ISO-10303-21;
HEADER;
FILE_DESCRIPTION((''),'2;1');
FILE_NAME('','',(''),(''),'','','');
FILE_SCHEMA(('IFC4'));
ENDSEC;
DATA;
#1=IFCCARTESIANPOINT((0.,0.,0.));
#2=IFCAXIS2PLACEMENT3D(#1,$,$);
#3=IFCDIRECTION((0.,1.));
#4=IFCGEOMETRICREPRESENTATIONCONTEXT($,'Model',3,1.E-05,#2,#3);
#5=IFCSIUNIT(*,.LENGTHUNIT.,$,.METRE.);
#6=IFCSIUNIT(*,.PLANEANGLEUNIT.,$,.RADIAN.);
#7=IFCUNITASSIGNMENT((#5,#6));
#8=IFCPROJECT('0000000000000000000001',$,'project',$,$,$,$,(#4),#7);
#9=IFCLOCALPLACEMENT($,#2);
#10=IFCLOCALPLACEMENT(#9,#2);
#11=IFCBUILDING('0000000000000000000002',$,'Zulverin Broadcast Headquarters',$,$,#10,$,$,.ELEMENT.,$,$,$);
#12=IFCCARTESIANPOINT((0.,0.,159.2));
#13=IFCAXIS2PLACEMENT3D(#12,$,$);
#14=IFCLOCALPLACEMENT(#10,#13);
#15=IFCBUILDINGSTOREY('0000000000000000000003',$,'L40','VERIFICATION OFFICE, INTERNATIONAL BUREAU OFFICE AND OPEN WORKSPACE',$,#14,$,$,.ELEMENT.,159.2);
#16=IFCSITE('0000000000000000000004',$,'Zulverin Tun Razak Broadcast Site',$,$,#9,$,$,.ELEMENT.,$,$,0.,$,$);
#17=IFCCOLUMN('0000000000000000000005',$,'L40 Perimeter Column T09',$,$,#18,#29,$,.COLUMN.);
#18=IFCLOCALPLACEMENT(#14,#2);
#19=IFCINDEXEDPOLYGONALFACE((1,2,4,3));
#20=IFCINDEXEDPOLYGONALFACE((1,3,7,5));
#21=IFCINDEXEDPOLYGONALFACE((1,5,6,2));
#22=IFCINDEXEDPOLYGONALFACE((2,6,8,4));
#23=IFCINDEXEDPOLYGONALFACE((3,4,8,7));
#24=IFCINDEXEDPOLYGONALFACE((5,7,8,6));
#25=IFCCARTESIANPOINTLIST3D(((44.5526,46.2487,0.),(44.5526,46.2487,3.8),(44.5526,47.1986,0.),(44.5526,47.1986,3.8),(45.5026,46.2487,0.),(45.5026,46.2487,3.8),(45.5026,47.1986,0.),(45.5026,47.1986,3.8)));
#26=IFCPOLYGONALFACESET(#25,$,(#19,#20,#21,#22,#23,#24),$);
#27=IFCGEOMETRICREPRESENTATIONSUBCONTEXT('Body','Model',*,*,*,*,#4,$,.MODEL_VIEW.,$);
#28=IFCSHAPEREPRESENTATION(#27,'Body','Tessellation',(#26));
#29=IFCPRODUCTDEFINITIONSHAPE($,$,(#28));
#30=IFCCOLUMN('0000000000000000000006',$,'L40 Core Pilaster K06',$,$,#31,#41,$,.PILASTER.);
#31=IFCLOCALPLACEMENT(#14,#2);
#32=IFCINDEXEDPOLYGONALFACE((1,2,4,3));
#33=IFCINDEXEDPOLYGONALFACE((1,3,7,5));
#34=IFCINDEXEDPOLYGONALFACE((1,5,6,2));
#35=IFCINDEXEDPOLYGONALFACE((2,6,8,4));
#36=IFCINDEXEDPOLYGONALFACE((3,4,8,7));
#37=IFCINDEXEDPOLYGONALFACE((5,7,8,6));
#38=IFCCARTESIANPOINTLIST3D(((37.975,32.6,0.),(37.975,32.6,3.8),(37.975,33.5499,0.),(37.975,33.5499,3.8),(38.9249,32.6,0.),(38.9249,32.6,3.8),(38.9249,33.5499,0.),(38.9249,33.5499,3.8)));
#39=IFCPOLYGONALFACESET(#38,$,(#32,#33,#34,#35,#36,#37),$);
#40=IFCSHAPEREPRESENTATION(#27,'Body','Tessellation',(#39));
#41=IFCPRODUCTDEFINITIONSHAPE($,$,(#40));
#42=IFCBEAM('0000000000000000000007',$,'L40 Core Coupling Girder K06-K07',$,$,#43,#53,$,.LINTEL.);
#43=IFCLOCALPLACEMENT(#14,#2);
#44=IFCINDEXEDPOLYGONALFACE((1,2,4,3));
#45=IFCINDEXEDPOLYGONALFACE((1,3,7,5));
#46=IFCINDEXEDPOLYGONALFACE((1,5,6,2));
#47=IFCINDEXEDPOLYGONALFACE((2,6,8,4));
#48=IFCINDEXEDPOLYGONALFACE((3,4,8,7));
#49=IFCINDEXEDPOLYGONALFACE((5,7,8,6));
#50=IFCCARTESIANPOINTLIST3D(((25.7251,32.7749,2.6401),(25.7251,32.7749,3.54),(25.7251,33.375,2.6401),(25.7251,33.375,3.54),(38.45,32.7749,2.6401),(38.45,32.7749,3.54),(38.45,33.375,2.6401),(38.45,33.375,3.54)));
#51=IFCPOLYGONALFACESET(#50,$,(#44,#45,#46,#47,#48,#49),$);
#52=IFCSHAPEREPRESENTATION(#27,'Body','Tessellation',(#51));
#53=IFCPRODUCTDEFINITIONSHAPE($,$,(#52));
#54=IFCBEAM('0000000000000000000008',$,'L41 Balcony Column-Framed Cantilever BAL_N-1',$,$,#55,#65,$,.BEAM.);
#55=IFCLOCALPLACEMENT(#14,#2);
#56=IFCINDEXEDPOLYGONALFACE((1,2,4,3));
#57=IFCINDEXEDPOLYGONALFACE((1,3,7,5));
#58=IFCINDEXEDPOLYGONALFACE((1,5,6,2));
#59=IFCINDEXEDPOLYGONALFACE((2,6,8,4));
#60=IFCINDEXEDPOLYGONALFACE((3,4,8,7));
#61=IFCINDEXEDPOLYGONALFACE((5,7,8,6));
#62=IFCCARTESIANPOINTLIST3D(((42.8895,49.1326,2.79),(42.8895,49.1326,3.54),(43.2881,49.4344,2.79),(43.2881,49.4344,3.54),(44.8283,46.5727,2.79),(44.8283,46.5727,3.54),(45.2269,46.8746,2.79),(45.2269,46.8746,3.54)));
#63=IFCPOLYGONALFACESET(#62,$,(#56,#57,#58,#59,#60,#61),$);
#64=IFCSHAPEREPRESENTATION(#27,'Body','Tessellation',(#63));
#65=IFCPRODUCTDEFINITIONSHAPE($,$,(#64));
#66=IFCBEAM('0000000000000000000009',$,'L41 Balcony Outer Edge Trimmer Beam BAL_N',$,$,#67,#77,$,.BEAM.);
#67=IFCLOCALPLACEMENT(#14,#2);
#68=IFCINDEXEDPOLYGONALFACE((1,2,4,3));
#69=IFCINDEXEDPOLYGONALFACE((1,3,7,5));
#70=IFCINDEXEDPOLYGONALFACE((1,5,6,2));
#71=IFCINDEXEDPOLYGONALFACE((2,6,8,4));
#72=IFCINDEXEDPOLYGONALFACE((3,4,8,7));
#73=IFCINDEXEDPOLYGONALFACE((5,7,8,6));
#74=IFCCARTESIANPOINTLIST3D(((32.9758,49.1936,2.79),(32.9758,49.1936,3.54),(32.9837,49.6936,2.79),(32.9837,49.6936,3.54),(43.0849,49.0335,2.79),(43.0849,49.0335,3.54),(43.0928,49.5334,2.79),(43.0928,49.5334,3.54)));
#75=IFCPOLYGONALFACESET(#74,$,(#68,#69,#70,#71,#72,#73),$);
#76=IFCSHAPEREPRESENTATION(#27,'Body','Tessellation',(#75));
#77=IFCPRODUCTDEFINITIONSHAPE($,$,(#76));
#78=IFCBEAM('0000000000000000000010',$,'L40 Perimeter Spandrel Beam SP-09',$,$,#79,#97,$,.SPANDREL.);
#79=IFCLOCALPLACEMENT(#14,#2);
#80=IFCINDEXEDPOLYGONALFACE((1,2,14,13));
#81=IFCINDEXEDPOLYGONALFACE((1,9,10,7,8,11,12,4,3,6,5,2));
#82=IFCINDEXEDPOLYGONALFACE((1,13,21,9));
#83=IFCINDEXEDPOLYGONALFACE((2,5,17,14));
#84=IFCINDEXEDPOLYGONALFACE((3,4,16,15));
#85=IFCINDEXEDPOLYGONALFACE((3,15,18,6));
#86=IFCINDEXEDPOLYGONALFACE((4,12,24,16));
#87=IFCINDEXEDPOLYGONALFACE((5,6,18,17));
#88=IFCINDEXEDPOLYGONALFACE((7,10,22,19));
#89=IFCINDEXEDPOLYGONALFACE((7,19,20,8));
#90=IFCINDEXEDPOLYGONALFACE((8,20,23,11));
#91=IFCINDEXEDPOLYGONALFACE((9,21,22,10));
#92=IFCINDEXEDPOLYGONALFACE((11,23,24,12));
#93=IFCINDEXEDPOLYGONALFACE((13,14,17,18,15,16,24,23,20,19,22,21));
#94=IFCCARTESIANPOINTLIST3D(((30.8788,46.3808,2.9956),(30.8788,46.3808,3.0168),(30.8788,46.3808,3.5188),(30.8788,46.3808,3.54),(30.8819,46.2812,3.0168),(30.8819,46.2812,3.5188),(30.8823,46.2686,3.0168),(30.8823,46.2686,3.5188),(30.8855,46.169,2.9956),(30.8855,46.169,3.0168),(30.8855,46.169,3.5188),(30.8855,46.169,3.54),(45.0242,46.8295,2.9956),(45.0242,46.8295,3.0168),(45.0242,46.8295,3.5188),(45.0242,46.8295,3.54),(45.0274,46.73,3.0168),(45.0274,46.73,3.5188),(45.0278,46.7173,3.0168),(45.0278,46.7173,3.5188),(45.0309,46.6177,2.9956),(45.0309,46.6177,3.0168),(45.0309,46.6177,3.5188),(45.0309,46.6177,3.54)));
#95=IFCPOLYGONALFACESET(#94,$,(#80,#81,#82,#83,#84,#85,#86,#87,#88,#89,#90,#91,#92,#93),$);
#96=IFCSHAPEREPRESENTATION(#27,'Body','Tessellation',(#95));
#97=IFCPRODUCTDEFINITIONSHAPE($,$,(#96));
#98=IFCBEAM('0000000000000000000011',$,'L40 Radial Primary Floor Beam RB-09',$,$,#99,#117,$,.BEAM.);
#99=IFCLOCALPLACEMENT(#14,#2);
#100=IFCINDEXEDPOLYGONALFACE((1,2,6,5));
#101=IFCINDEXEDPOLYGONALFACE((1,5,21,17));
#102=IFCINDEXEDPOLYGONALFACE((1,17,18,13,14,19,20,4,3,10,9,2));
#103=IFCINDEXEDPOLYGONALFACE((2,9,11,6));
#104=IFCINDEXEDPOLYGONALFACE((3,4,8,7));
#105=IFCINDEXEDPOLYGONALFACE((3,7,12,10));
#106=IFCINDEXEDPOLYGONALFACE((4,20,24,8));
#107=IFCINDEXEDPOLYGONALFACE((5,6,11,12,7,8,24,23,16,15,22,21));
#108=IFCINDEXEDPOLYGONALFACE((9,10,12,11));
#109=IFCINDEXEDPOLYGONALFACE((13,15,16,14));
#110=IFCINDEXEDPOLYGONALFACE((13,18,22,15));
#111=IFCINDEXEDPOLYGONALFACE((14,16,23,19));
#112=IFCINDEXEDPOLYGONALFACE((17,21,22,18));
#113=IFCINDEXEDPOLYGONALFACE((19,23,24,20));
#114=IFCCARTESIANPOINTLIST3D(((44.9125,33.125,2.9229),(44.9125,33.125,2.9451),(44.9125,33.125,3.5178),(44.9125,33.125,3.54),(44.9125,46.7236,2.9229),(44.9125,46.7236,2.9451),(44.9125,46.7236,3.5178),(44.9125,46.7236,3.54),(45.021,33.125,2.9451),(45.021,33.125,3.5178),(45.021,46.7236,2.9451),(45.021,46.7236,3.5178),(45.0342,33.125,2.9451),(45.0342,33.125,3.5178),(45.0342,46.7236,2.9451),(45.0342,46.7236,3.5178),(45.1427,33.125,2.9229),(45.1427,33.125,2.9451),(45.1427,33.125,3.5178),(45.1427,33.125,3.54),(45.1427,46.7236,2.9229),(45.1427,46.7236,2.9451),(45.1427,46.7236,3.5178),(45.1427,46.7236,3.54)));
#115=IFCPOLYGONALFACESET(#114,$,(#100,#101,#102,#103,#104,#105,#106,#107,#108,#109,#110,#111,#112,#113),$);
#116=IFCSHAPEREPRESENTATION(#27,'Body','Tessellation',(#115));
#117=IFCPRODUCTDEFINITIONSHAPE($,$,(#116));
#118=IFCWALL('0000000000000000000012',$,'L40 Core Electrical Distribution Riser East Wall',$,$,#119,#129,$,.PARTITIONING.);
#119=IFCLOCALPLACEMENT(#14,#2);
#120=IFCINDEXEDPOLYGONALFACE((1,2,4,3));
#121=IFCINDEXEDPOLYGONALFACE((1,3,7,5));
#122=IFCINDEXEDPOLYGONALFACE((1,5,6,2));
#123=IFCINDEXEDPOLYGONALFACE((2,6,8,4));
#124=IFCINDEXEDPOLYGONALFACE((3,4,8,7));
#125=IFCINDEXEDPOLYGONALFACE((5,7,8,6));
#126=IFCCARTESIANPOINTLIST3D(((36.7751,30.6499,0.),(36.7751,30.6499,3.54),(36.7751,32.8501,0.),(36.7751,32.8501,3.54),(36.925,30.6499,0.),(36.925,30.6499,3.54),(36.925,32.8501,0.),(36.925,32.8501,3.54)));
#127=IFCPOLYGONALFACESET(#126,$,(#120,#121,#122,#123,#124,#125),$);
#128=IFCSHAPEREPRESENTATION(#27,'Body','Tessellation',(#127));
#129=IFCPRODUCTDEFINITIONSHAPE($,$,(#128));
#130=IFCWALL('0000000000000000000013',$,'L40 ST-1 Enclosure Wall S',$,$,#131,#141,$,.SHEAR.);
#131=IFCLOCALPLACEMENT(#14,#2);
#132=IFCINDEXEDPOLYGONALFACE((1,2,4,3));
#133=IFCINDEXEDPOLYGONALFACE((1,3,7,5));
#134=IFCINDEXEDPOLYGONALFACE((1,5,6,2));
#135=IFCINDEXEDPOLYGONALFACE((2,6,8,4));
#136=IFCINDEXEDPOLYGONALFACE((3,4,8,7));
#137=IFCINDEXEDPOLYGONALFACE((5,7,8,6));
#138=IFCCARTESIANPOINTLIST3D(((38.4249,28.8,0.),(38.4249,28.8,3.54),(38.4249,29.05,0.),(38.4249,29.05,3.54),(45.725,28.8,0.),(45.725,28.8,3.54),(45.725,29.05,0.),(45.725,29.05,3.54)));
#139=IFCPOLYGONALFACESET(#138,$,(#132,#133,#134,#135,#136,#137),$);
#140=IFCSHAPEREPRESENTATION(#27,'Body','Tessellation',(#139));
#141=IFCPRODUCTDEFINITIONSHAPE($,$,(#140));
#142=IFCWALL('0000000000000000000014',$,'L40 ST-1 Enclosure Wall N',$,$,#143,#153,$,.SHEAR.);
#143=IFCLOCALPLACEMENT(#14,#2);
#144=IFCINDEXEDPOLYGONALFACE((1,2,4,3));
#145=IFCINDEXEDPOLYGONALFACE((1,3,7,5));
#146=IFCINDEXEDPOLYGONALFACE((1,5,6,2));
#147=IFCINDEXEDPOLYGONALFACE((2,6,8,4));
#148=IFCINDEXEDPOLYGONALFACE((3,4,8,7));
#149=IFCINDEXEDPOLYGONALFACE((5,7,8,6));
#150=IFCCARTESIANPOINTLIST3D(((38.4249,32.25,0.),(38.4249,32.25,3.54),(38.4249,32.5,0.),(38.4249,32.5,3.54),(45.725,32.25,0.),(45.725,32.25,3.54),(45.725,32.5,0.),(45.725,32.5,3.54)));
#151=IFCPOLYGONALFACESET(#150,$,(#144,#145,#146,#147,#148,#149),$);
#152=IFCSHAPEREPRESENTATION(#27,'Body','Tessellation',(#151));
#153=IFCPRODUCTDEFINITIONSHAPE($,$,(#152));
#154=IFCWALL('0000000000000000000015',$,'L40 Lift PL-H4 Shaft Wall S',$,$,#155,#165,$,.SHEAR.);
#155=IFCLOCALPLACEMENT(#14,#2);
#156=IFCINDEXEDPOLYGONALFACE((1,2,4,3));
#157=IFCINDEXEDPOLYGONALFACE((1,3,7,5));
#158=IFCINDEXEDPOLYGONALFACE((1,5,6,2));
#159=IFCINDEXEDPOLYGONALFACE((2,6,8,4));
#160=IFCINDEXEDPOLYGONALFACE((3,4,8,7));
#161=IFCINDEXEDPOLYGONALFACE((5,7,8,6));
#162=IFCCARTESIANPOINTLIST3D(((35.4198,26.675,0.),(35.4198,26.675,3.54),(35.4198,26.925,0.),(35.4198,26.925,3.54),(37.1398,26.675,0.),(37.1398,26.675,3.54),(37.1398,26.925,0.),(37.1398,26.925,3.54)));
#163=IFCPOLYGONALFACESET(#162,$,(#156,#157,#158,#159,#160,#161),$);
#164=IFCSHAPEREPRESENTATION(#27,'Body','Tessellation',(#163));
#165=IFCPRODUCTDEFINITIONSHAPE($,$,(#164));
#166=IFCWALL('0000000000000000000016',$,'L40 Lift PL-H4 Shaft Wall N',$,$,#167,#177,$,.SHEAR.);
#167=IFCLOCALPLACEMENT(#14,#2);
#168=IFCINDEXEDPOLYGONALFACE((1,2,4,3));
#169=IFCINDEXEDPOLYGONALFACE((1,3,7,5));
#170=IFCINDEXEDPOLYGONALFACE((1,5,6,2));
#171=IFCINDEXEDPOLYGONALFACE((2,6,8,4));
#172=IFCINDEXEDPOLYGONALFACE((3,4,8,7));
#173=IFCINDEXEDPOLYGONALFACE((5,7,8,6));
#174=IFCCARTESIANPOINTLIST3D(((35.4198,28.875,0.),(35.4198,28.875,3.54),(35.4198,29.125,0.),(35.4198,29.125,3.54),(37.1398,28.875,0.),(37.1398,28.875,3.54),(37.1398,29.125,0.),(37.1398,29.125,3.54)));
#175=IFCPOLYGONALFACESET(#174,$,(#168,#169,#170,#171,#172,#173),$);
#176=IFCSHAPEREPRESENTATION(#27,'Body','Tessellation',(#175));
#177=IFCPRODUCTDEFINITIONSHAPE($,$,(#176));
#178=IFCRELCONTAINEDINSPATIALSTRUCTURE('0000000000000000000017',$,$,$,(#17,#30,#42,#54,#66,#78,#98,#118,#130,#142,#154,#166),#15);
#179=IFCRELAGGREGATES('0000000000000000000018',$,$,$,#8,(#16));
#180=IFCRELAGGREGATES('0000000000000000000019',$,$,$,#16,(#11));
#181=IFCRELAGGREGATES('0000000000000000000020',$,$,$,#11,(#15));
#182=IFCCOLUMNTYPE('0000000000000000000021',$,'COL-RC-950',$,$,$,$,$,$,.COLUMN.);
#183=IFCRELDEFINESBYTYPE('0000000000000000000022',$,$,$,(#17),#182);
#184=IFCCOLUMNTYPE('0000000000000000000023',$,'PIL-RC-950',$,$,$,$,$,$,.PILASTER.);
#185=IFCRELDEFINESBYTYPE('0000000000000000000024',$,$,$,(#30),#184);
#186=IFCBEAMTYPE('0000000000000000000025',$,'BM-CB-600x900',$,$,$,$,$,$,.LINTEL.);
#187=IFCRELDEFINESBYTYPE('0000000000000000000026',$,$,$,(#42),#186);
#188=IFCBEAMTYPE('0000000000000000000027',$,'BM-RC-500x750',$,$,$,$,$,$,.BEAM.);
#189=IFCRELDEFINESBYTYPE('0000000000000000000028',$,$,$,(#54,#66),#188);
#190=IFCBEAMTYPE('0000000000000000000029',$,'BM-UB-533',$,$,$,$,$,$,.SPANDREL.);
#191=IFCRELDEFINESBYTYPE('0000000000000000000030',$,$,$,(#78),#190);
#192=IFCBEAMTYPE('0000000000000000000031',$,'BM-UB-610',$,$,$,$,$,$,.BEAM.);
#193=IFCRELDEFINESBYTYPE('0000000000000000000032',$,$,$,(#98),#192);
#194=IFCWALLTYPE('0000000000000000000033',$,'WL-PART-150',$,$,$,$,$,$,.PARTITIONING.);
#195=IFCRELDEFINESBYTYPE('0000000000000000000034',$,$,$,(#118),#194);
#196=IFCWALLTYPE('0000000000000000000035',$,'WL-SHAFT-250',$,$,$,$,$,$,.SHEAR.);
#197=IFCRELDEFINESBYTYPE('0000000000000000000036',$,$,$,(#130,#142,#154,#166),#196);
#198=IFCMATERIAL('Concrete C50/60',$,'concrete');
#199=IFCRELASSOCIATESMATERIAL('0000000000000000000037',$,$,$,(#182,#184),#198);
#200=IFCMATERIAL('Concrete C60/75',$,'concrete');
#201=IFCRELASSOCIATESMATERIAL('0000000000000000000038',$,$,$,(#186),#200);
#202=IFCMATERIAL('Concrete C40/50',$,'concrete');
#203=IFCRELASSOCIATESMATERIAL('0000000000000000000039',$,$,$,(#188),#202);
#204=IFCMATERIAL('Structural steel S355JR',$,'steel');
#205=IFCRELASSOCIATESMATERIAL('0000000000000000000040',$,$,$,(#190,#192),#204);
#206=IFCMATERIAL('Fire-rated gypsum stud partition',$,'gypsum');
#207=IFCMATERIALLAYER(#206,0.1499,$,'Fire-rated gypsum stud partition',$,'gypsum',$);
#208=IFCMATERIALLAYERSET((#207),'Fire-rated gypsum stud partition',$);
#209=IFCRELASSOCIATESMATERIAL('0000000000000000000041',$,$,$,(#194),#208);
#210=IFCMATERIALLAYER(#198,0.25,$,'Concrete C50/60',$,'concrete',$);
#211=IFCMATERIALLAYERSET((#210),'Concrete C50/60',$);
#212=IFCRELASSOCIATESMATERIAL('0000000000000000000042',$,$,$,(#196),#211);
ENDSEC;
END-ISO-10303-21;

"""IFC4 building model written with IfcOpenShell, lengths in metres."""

from ifc_helpers import new_model, si_unit, direction, frame, frame_2d, origin, origin_2d, place, context, subcontext, project, spatial, rectangle, i_section, extrude, material, layer, layer_set, material_profile, profile_set, type_object, element, save


model = new_model("IFC4")

# Units and contexts
model_context = context("Model", 3, precision=1e-05, world=origin(), true_north=direction((0.0, 1.0)))
body_context = subcontext(model_context, "Body", "Model", "MODEL_VIEW")
ifc_project = project(units=[si_unit("LENGTHUNIT", "METRE"), si_unit("PLANEANGLEUNIT", "RADIAN")], contexts=[model_context])

# Site, building, storey
site_placement = place(None, origin())
site = spatial("IfcSite", under=ifc_project, at=site_placement, Name="Zulverin Tun Razak Broadcast Site", CompositionType="ELEMENT", RefElevation=0.0)
building_placement = place(site_placement, origin())
building = spatial("IfcBuilding", under=site, at=building_placement, Name="Zulverin Broadcast Headquarters", CompositionType="ELEMENT")
storey_placement = place(building_placement, frame((0.0, 0.0, 159.2)))
storey = spatial("IfcBuildingStorey", under=building, at=storey_placement, Name="L40", Description="VERIFICATION OFFICE, INTERNATIONAL BUREAU OFFICE AND OPEN WORKSPACE", CompositionType="ELEMENT", Elevation=159.2)

# Columns
ifc_material_1 = material(Name="Concrete C50/60", Category="concrete")
ifc_material_profile_1 = material_profile(ifc_material_1, rectangle(XDim=0.95, YDim=0.95, at=origin_2d()), Name="Concrete C50/60", Category="concrete")
ifc_profile_set_1 = profile_set([ifc_material_profile_1], Name="Concrete C50/60")
column_type_1 = type_object("IfcColumnType", Name="COL-RC-950", PredefinedType="COLUMN", material=ifc_profile_set_1)
column_1_placement = place(storey_placement, frame((45.0276, 46.7236, 0.0), z_axis=(0.0, 0.0, 1.0), x_axis=(1.0, 0.0, 0.0)))
element("IfcColumn", 1, at=column_1_placement, inside=storey, type_object=column_type_1, Name="L40 Perimeter Column T09", PredefinedType="COLUMN", context=body_context, shape_type="SweptSolid", body=[
    extrude(rectangle(XDim=0.95, YDim=0.95, at=origin_2d()), origin(), (0.0, 0.0, 1.0), 3.8),
])
ifc_material_profile_2 = material_profile(ifc_material_1, rectangle(XDim=0.95, YDim=0.95, at=origin_2d()), Name="Concrete C50/60", Category="concrete")
ifc_profile_set_2 = profile_set([ifc_material_profile_2], Name="Concrete C50/60")
column_type_2 = type_object("IfcColumnType", Name="PIL-RC-950", PredefinedType="PILASTER", material=ifc_profile_set_2)
column_2_placement = place(storey_placement, frame((38.45, 33.075, 0.0), z_axis=(0.0, 0.0, 1.0), x_axis=(1.0, 0.0, 0.0)))
element("IfcColumn", 2, at=column_2_placement, inside=storey, type_object=column_type_2, Name="L40 Core Pilaster K06", PredefinedType="PILASTER", context=body_context, shape_type="SweptSolid", body=[
    extrude(rectangle(XDim=0.95, YDim=0.95, at=origin_2d()), origin(), (0.0, 0.0, 1.0), 3.8),
])

# Beams
ifc_material_2 = material(Name="Concrete C60/75", Category="concrete")
ifc_material_profile_3 = material_profile(ifc_material_2, rectangle(XDim=0.6001, YDim=0.8999, at=origin_2d()), Name="Concrete C60/75", Category="concrete")
ifc_profile_set_3 = profile_set([ifc_material_profile_3], Name="Concrete C60/75")
beam_type_1 = type_object("IfcBeamType", Name="BM-CB-600x900", PredefinedType="LINTEL", material=ifc_profile_set_3)
beam_1_placement = place(storey_placement, frame((38.45, 33.075, 3.0901), z_axis=(-1.0, 0.0, 0.0), x_axis=(0.0, -1.0, 0.0)))
element("IfcBeam", 3, at=beam_1_placement, inside=storey, type_object=beam_type_1, Name="L40 Core Coupling Girder K06-K07", PredefinedType="LINTEL", context=body_context, shape_type="SweptSolid", body=[
    extrude(rectangle(XDim=0.6001, YDim=0.8999, at=origin_2d()), origin(), (0.0, 0.0, 1.0), 12.7249),
])
ifc_material_3 = material(Name="Concrete C40/50", Category="concrete")
ifc_material_profile_4 = material_profile(ifc_material_3, rectangle(XDim=0.5, YDim=0.75, at=origin_2d()), Name="Concrete C40/50", Category="concrete")
ifc_profile_set_4 = profile_set([ifc_material_profile_4], Name="Concrete C40/50")
beam_type_2 = type_object("IfcBeamType", Name="BM-RC-500x750", PredefinedType="BEAM", material=ifc_profile_set_4)
beam_2_placement = place(storey_placement, frame((45.0276, 46.7236, 3.165), z_axis=(-0.603752, 0.797172, 0.0), x_axis=(-0.797172, -0.603752, 0.0)))
element("IfcBeam", 4, at=beam_2_placement, inside=storey, type_object=beam_type_2, Name="L41 Balcony Column-Framed Cantilever BAL_N-1", PredefinedType="BEAM", context=body_context, shape_type="SweptSolid", body=[
    extrude(rectangle(XDim=0.5, YDim=0.75, at=origin_2d()), origin(), (0.0, 0.0, 1.0), 3.2112),
])
beam_3_placement = place(storey_placement, frame((43.0889, 49.2834, 3.165), z_axis=(-0.999875, 0.015841, 0.0), x_axis=(-0.015841, -0.999875, 0.0)))
element("IfcBeam", 5, at=beam_3_placement, inside=storey, type_object=beam_type_2, Name="L41 Balcony Outer Edge Trimmer Beam BAL_N", PredefinedType="BEAM", context=body_context, shape_type="SweptSolid", body=[
    extrude(rectangle(XDim=0.5, YDim=0.75, at=origin_2d()), origin(), (0.0, 0.0, 1.0), 10.1104),
])
ifc_material_4 = material(Name="Structural steel S355JR", Category="steel")
ifc_material_profile_5 = material_profile(ifc_material_4, i_section(OverallWidth=0.2119, OverallDepth=0.5444, WebThickness=0.0127, FlangeThickness=0.0212, at=origin_2d()), Name="Structural steel S355JR", Category="steel")
ifc_profile_set_5 = profile_set([ifc_material_profile_5], Name="Structural steel S355JR")
beam_type_3 = type_object("IfcBeamType", Name="BM-UB-533", PredefinedType="SPANDREL", material=ifc_profile_set_5)
beam_4_placement = place(storey_placement, frame((45.0276, 46.7236, 3.2678), z_axis=(-0.999497, -0.031707, 0.0), x_axis=(0.031707, -0.999497, 0.0)))
element("IfcBeam", 6, at=beam_4_placement, inside=storey, type_object=beam_type_3, Name="L40 Perimeter Spandrel Beam SP-09", PredefinedType="SPANDREL", context=body_context, shape_type="SweptSolid", body=[
    extrude(i_section(OverallWidth=0.2119, OverallDepth=0.5444, WebThickness=0.0127, FlangeThickness=0.0212, at=origin_2d()), origin(), (0.0, 0.0, 1.0), 14.1526),
])
ifc_material_profile_6 = material_profile(ifc_material_4, i_section(OverallWidth=0.2302, OverallDepth=0.6172, WebThickness=0.0132, FlangeThickness=0.0222, at=origin_2d()), Name="Structural steel S355JR", Category="steel")
ifc_profile_set_6 = profile_set([ifc_material_profile_6], Name="Structural steel S355JR")
beam_type_4 = type_object("IfcBeamType", Name="BM-UB-610", PredefinedType="BEAM", material=ifc_profile_set_6)
beam_5_placement = place(storey_placement, frame((45.0276, 33.125, 3.2314), z_axis=(0.0, 1.0, 0.0), x_axis=(-1.0, 0.0, 0.0)))
element("IfcBeam", 7, at=beam_5_placement, inside=storey, type_object=beam_type_4, Name="L40 Radial Primary Floor Beam RB-09", PredefinedType="BEAM", context=body_context, shape_type="SweptSolid", body=[
    extrude(i_section(OverallWidth=0.2302, OverallDepth=0.6172, WebThickness=0.0132, FlangeThickness=0.0222, at=origin_2d()), origin(), (0.0, 0.0, 1.0), 13.5986),
])

# Walls
ifc_material_5 = material(Name="Fire-rated gypsum stud partition", Category="gypsum")
ifc_layer_1 = layer(ifc_material_5, 0.1499, Name="Fire-rated gypsum stud partition", Category="gypsum")
ifc_layer_set_1 = layer_set([ifc_layer_1], Name="Fire-rated gypsum stud partition")
wall_type_1 = type_object("IfcWallType", Name="WL-PART-150", PredefinedType="PARTITIONING", material=ifc_layer_set_1)
wall_1_placement = place(storey_placement, frame((36.8501, 30.6499, 0.0), z_axis=(0.0, 0.0, 1.0), x_axis=(0.0, 1.0, 0.0)))
element("IfcWall", 8, at=wall_1_placement, inside=storey, type_object=wall_type_1, Name="L40 Core Electrical Distribution Riser East Wall", PredefinedType="PARTITIONING", context=body_context, shape_type="SweptSolid", body=[
    extrude(rectangle(XDim=2.2002, YDim=0.1499, at=frame_2d((1.1001, 0.0))), origin(), (0.0, 0.0, 1.0), 3.54),
])
ifc_layer_2 = layer(ifc_material_1, 0.25, Name="Concrete C50/60", Category="concrete")
ifc_layer_set_2 = layer_set([ifc_layer_2], Name="Concrete C50/60")
wall_type_2 = type_object("IfcWallType", Name="WL-SHAFT-250", PredefinedType="SHEAR", material=ifc_layer_set_2)
for number, where, z_axis, x_axis, name in (
    (9, (38.425, 28.925, 0.0), (0.0, 0.0, 1.0), (1.0, 0.0, 0.0), "L40 ST-1 Enclosure Wall S"),
    (10, (38.425, 32.375, 0.0), (0.0, 0.0, 1.0), (1.0, 0.0, 0.0), "L40 ST-1 Enclosure Wall N"),
):
    element("IfcWall", number, at=place(storey_placement, frame(where, z_axis=z_axis, x_axis=x_axis)), inside=storey, type_object=wall_type_2, Name=name, PredefinedType="SHEAR", context=body_context, shape_type="SweptSolid", body=[
        extrude(rectangle(XDim=7.3, YDim=0.25, at=frame_2d((3.6499, 0.0))), origin(), (0.0, 0.0, 1.0), 3.54),
    ])

# Walls
for number, where, z_axis, x_axis, name in (
    (11, (35.4199, 26.8, 0.0), (0.0, 0.0, 1.0), (1.0, 0.0, 0.0), "L40 Lift PL-H4 Shaft Wall S"),
    (12, (35.4199, 29.0, 0.0), (0.0, 0.0, 1.0), (1.0, 0.0, 0.0), "L40 Lift PL-H4 Shaft Wall N"),
):
    element("IfcWall", number, at=place(storey_placement, frame(where, z_axis=z_axis, x_axis=x_axis)), inside=storey, type_object=wall_type_2, Name=name, PredefinedType="SHEAR", context=body_context, shape_type="SweptSolid", body=[
        extrude(rectangle(XDim=1.72, YDim=0.25, at=frame_2d((0.8599, 0.0))), origin(), (0.0, 0.0, 1.0), 3.54),
    ])

save(model, "model.ifc")
